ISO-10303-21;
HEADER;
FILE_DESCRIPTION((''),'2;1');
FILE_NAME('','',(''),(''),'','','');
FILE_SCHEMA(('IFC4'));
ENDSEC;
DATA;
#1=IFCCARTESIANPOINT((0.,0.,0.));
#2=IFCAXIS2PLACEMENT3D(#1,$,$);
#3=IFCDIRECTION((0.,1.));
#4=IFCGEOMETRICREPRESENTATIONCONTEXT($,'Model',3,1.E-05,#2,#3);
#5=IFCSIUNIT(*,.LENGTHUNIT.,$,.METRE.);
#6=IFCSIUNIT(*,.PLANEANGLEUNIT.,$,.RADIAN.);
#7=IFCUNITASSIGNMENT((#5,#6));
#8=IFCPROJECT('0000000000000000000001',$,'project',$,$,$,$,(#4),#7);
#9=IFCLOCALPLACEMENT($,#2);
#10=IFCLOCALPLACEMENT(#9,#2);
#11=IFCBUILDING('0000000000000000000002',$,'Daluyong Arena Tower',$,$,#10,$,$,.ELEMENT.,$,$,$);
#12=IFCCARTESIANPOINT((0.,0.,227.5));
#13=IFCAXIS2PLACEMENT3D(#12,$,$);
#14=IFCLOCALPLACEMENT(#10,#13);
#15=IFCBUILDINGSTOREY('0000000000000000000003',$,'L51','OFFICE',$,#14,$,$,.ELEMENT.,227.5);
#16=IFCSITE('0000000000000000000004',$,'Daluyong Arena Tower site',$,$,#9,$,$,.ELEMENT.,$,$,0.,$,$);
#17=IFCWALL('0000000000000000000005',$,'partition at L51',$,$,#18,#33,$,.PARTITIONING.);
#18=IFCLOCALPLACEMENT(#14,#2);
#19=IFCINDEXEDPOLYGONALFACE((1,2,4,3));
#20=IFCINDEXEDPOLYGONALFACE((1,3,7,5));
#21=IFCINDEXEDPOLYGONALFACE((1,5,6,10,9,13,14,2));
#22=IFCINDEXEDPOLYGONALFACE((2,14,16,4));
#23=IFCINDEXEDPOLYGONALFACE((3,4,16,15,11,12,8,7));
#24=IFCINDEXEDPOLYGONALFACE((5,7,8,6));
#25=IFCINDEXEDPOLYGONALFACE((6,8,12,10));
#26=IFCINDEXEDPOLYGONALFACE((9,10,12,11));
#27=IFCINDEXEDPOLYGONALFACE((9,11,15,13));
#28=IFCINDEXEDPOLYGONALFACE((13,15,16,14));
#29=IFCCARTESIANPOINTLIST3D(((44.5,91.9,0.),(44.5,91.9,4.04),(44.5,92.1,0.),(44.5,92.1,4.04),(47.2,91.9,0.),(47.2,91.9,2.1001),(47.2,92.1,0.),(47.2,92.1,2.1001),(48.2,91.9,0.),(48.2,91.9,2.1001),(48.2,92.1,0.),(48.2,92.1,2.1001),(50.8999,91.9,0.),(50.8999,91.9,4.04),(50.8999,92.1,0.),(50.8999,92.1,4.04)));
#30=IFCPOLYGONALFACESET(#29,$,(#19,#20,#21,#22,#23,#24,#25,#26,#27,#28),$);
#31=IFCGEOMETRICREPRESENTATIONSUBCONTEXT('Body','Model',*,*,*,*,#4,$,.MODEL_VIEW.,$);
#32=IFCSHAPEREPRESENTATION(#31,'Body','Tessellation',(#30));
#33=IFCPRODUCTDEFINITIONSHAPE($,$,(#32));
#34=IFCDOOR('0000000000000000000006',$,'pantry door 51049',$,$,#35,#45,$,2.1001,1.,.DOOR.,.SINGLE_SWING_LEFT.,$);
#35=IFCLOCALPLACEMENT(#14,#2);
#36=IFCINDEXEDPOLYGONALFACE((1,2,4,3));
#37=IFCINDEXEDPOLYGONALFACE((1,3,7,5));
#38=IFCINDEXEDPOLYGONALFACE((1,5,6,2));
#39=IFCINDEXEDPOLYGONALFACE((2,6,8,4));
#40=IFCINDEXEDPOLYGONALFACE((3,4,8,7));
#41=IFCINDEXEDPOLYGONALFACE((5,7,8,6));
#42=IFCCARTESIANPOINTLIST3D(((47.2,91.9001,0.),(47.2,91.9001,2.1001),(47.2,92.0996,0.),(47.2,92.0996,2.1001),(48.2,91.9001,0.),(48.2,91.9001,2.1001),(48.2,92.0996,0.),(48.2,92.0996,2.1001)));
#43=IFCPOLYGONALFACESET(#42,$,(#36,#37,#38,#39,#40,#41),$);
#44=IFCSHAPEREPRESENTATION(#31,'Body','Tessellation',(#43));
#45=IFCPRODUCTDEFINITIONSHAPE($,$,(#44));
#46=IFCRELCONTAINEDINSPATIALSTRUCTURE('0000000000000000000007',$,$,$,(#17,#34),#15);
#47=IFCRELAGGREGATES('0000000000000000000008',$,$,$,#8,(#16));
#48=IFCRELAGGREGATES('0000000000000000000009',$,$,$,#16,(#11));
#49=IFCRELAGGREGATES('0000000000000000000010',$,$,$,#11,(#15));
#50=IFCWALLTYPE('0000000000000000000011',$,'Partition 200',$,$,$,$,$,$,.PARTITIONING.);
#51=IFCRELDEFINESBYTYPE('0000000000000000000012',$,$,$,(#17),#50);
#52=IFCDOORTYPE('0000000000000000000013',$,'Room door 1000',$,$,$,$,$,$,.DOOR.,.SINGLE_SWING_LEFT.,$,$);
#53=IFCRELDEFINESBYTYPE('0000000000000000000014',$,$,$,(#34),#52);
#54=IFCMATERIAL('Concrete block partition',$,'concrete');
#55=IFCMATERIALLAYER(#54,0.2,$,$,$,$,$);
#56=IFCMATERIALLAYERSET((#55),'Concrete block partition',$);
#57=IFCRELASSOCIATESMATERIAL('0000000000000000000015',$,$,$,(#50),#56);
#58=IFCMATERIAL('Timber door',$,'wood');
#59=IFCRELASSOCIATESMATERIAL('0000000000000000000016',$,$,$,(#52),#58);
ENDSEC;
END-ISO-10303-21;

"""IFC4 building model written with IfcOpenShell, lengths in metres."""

from ifc_helpers import new_model, si_unit, direction, frame, frame_2d, origin, place, context, subcontext, project, spatial, rectangle, extrude, material, layer, layer_set, type_object, element, fill, save


model = new_model("IFC4")

# Units and contexts
model_context = context("Model", 3, precision=1e-05, world=origin(), true_north=direction((0.0, 1.0)))
body_context = subcontext(model_context, "Body", "Model", "MODEL_VIEW")
ifc_project = project(units=[si_unit("LENGTHUNIT", "METRE"), si_unit("PLANEANGLEUNIT", "RADIAN")], contexts=[model_context])

# Site, building, storey
site_placement = place(None, origin())
site = spatial("IfcSite", under=ifc_project, at=site_placement, Name="Daluyong Arena Tower site", CompositionType="ELEMENT", RefElevation=0.0)
building_placement = place(site_placement, origin())
building = spatial("IfcBuilding", under=site, at=building_placement, Name="Daluyong Arena Tower", CompositionType="ELEMENT")
storey_placement = place(building_placement, frame((0.0, 0.0, 227.5)))
storey = spatial("IfcBuildingStorey", under=building, at=storey_placement, Name="L51", Description="OFFICE", CompositionType="ELEMENT", Elevation=227.5)

# Shared definitions
ifc_material_1 = material(Name="Concrete block partition", Category="concrete")
ifc_layer_1 = layer(ifc_material_1, 0.2)
ifc_layer_set_1 = layer_set([ifc_layer_1], Name="Concrete block partition")
wall_type_1 = type_object("IfcWallType", Name="Partition 200", PredefinedType="PARTITIONING", material=ifc_layer_set_1)

# Wall, opening, door
wall_1_placement = place(storey_placement, frame((44.5, 92.0, 0.0), z_axis=(0.0, 0.0, 1.0), x_axis=(1.0, 0.0, 0.0)))
wall_1 = element("IfcWall", 1, at=wall_1_placement, inside=storey, type_object=wall_type_1, Name="partition at L51", PredefinedType="PARTITIONING", context=body_context, shape_type="SweptSolid", body=[
    extrude(rectangle(XDim=6.3999, YDim=0.2, at=frame_2d((3.2, 0.0))), origin(), (0.0, 0.0, 1.0), 4.04),
])
opening_1_placement = place(wall_1_placement, frame((2.7, 0.0, 0.0)))
opening_1 = element("IfcOpeningElement", 2, at=opening_1_placement, cuts=wall_1, PredefinedType="OPENING", context=body_context, shape_type="SweptSolid", body=[
    extrude(rectangle(XDim=1.0, YDim=2.1001, at=frame_2d((0.5, 1.05))), frame((0.0, 0.1099, 0.0), z_axis=(0.0, -1.0, 0.0), x_axis=(1.0, 0.0, 0.0)), (0.0, 0.0, 1.0), 0.22),
])
ifc_material_2 = material(Name="Timber door", Category="wood")
door_type_1 = type_object("IfcDoorType", Name="Room door 1000", OperationType="SINGLE_SWING_LEFT", PredefinedType="DOOR", material=ifc_material_2)
door_1_placement = place(opening_1_placement, origin())
door_1 = element("IfcDoor", 3, at=door_1_placement, inside=storey, type_object=door_type_1, Name="pantry door 51049", OperationType="SINGLE_SWING_LEFT", OverallHeight=2.1001, OverallWidth=1.0, PredefinedType="DOOR", context=body_context, shape_type="SweptSolid", body=[
    extrude(rectangle(XDim=1.0, YDim=2.1001, at=frame_2d((0.5, 1.05))), frame((0.0, 0.0996, 0.0), z_axis=(0.0, -1.0, 0.0), x_axis=(1.0, 0.0, 0.0)), (0.0, 0.0, 1.0), 0.1995),
])
fill(opening_1, door_1)

save(model, "model.ifc")
